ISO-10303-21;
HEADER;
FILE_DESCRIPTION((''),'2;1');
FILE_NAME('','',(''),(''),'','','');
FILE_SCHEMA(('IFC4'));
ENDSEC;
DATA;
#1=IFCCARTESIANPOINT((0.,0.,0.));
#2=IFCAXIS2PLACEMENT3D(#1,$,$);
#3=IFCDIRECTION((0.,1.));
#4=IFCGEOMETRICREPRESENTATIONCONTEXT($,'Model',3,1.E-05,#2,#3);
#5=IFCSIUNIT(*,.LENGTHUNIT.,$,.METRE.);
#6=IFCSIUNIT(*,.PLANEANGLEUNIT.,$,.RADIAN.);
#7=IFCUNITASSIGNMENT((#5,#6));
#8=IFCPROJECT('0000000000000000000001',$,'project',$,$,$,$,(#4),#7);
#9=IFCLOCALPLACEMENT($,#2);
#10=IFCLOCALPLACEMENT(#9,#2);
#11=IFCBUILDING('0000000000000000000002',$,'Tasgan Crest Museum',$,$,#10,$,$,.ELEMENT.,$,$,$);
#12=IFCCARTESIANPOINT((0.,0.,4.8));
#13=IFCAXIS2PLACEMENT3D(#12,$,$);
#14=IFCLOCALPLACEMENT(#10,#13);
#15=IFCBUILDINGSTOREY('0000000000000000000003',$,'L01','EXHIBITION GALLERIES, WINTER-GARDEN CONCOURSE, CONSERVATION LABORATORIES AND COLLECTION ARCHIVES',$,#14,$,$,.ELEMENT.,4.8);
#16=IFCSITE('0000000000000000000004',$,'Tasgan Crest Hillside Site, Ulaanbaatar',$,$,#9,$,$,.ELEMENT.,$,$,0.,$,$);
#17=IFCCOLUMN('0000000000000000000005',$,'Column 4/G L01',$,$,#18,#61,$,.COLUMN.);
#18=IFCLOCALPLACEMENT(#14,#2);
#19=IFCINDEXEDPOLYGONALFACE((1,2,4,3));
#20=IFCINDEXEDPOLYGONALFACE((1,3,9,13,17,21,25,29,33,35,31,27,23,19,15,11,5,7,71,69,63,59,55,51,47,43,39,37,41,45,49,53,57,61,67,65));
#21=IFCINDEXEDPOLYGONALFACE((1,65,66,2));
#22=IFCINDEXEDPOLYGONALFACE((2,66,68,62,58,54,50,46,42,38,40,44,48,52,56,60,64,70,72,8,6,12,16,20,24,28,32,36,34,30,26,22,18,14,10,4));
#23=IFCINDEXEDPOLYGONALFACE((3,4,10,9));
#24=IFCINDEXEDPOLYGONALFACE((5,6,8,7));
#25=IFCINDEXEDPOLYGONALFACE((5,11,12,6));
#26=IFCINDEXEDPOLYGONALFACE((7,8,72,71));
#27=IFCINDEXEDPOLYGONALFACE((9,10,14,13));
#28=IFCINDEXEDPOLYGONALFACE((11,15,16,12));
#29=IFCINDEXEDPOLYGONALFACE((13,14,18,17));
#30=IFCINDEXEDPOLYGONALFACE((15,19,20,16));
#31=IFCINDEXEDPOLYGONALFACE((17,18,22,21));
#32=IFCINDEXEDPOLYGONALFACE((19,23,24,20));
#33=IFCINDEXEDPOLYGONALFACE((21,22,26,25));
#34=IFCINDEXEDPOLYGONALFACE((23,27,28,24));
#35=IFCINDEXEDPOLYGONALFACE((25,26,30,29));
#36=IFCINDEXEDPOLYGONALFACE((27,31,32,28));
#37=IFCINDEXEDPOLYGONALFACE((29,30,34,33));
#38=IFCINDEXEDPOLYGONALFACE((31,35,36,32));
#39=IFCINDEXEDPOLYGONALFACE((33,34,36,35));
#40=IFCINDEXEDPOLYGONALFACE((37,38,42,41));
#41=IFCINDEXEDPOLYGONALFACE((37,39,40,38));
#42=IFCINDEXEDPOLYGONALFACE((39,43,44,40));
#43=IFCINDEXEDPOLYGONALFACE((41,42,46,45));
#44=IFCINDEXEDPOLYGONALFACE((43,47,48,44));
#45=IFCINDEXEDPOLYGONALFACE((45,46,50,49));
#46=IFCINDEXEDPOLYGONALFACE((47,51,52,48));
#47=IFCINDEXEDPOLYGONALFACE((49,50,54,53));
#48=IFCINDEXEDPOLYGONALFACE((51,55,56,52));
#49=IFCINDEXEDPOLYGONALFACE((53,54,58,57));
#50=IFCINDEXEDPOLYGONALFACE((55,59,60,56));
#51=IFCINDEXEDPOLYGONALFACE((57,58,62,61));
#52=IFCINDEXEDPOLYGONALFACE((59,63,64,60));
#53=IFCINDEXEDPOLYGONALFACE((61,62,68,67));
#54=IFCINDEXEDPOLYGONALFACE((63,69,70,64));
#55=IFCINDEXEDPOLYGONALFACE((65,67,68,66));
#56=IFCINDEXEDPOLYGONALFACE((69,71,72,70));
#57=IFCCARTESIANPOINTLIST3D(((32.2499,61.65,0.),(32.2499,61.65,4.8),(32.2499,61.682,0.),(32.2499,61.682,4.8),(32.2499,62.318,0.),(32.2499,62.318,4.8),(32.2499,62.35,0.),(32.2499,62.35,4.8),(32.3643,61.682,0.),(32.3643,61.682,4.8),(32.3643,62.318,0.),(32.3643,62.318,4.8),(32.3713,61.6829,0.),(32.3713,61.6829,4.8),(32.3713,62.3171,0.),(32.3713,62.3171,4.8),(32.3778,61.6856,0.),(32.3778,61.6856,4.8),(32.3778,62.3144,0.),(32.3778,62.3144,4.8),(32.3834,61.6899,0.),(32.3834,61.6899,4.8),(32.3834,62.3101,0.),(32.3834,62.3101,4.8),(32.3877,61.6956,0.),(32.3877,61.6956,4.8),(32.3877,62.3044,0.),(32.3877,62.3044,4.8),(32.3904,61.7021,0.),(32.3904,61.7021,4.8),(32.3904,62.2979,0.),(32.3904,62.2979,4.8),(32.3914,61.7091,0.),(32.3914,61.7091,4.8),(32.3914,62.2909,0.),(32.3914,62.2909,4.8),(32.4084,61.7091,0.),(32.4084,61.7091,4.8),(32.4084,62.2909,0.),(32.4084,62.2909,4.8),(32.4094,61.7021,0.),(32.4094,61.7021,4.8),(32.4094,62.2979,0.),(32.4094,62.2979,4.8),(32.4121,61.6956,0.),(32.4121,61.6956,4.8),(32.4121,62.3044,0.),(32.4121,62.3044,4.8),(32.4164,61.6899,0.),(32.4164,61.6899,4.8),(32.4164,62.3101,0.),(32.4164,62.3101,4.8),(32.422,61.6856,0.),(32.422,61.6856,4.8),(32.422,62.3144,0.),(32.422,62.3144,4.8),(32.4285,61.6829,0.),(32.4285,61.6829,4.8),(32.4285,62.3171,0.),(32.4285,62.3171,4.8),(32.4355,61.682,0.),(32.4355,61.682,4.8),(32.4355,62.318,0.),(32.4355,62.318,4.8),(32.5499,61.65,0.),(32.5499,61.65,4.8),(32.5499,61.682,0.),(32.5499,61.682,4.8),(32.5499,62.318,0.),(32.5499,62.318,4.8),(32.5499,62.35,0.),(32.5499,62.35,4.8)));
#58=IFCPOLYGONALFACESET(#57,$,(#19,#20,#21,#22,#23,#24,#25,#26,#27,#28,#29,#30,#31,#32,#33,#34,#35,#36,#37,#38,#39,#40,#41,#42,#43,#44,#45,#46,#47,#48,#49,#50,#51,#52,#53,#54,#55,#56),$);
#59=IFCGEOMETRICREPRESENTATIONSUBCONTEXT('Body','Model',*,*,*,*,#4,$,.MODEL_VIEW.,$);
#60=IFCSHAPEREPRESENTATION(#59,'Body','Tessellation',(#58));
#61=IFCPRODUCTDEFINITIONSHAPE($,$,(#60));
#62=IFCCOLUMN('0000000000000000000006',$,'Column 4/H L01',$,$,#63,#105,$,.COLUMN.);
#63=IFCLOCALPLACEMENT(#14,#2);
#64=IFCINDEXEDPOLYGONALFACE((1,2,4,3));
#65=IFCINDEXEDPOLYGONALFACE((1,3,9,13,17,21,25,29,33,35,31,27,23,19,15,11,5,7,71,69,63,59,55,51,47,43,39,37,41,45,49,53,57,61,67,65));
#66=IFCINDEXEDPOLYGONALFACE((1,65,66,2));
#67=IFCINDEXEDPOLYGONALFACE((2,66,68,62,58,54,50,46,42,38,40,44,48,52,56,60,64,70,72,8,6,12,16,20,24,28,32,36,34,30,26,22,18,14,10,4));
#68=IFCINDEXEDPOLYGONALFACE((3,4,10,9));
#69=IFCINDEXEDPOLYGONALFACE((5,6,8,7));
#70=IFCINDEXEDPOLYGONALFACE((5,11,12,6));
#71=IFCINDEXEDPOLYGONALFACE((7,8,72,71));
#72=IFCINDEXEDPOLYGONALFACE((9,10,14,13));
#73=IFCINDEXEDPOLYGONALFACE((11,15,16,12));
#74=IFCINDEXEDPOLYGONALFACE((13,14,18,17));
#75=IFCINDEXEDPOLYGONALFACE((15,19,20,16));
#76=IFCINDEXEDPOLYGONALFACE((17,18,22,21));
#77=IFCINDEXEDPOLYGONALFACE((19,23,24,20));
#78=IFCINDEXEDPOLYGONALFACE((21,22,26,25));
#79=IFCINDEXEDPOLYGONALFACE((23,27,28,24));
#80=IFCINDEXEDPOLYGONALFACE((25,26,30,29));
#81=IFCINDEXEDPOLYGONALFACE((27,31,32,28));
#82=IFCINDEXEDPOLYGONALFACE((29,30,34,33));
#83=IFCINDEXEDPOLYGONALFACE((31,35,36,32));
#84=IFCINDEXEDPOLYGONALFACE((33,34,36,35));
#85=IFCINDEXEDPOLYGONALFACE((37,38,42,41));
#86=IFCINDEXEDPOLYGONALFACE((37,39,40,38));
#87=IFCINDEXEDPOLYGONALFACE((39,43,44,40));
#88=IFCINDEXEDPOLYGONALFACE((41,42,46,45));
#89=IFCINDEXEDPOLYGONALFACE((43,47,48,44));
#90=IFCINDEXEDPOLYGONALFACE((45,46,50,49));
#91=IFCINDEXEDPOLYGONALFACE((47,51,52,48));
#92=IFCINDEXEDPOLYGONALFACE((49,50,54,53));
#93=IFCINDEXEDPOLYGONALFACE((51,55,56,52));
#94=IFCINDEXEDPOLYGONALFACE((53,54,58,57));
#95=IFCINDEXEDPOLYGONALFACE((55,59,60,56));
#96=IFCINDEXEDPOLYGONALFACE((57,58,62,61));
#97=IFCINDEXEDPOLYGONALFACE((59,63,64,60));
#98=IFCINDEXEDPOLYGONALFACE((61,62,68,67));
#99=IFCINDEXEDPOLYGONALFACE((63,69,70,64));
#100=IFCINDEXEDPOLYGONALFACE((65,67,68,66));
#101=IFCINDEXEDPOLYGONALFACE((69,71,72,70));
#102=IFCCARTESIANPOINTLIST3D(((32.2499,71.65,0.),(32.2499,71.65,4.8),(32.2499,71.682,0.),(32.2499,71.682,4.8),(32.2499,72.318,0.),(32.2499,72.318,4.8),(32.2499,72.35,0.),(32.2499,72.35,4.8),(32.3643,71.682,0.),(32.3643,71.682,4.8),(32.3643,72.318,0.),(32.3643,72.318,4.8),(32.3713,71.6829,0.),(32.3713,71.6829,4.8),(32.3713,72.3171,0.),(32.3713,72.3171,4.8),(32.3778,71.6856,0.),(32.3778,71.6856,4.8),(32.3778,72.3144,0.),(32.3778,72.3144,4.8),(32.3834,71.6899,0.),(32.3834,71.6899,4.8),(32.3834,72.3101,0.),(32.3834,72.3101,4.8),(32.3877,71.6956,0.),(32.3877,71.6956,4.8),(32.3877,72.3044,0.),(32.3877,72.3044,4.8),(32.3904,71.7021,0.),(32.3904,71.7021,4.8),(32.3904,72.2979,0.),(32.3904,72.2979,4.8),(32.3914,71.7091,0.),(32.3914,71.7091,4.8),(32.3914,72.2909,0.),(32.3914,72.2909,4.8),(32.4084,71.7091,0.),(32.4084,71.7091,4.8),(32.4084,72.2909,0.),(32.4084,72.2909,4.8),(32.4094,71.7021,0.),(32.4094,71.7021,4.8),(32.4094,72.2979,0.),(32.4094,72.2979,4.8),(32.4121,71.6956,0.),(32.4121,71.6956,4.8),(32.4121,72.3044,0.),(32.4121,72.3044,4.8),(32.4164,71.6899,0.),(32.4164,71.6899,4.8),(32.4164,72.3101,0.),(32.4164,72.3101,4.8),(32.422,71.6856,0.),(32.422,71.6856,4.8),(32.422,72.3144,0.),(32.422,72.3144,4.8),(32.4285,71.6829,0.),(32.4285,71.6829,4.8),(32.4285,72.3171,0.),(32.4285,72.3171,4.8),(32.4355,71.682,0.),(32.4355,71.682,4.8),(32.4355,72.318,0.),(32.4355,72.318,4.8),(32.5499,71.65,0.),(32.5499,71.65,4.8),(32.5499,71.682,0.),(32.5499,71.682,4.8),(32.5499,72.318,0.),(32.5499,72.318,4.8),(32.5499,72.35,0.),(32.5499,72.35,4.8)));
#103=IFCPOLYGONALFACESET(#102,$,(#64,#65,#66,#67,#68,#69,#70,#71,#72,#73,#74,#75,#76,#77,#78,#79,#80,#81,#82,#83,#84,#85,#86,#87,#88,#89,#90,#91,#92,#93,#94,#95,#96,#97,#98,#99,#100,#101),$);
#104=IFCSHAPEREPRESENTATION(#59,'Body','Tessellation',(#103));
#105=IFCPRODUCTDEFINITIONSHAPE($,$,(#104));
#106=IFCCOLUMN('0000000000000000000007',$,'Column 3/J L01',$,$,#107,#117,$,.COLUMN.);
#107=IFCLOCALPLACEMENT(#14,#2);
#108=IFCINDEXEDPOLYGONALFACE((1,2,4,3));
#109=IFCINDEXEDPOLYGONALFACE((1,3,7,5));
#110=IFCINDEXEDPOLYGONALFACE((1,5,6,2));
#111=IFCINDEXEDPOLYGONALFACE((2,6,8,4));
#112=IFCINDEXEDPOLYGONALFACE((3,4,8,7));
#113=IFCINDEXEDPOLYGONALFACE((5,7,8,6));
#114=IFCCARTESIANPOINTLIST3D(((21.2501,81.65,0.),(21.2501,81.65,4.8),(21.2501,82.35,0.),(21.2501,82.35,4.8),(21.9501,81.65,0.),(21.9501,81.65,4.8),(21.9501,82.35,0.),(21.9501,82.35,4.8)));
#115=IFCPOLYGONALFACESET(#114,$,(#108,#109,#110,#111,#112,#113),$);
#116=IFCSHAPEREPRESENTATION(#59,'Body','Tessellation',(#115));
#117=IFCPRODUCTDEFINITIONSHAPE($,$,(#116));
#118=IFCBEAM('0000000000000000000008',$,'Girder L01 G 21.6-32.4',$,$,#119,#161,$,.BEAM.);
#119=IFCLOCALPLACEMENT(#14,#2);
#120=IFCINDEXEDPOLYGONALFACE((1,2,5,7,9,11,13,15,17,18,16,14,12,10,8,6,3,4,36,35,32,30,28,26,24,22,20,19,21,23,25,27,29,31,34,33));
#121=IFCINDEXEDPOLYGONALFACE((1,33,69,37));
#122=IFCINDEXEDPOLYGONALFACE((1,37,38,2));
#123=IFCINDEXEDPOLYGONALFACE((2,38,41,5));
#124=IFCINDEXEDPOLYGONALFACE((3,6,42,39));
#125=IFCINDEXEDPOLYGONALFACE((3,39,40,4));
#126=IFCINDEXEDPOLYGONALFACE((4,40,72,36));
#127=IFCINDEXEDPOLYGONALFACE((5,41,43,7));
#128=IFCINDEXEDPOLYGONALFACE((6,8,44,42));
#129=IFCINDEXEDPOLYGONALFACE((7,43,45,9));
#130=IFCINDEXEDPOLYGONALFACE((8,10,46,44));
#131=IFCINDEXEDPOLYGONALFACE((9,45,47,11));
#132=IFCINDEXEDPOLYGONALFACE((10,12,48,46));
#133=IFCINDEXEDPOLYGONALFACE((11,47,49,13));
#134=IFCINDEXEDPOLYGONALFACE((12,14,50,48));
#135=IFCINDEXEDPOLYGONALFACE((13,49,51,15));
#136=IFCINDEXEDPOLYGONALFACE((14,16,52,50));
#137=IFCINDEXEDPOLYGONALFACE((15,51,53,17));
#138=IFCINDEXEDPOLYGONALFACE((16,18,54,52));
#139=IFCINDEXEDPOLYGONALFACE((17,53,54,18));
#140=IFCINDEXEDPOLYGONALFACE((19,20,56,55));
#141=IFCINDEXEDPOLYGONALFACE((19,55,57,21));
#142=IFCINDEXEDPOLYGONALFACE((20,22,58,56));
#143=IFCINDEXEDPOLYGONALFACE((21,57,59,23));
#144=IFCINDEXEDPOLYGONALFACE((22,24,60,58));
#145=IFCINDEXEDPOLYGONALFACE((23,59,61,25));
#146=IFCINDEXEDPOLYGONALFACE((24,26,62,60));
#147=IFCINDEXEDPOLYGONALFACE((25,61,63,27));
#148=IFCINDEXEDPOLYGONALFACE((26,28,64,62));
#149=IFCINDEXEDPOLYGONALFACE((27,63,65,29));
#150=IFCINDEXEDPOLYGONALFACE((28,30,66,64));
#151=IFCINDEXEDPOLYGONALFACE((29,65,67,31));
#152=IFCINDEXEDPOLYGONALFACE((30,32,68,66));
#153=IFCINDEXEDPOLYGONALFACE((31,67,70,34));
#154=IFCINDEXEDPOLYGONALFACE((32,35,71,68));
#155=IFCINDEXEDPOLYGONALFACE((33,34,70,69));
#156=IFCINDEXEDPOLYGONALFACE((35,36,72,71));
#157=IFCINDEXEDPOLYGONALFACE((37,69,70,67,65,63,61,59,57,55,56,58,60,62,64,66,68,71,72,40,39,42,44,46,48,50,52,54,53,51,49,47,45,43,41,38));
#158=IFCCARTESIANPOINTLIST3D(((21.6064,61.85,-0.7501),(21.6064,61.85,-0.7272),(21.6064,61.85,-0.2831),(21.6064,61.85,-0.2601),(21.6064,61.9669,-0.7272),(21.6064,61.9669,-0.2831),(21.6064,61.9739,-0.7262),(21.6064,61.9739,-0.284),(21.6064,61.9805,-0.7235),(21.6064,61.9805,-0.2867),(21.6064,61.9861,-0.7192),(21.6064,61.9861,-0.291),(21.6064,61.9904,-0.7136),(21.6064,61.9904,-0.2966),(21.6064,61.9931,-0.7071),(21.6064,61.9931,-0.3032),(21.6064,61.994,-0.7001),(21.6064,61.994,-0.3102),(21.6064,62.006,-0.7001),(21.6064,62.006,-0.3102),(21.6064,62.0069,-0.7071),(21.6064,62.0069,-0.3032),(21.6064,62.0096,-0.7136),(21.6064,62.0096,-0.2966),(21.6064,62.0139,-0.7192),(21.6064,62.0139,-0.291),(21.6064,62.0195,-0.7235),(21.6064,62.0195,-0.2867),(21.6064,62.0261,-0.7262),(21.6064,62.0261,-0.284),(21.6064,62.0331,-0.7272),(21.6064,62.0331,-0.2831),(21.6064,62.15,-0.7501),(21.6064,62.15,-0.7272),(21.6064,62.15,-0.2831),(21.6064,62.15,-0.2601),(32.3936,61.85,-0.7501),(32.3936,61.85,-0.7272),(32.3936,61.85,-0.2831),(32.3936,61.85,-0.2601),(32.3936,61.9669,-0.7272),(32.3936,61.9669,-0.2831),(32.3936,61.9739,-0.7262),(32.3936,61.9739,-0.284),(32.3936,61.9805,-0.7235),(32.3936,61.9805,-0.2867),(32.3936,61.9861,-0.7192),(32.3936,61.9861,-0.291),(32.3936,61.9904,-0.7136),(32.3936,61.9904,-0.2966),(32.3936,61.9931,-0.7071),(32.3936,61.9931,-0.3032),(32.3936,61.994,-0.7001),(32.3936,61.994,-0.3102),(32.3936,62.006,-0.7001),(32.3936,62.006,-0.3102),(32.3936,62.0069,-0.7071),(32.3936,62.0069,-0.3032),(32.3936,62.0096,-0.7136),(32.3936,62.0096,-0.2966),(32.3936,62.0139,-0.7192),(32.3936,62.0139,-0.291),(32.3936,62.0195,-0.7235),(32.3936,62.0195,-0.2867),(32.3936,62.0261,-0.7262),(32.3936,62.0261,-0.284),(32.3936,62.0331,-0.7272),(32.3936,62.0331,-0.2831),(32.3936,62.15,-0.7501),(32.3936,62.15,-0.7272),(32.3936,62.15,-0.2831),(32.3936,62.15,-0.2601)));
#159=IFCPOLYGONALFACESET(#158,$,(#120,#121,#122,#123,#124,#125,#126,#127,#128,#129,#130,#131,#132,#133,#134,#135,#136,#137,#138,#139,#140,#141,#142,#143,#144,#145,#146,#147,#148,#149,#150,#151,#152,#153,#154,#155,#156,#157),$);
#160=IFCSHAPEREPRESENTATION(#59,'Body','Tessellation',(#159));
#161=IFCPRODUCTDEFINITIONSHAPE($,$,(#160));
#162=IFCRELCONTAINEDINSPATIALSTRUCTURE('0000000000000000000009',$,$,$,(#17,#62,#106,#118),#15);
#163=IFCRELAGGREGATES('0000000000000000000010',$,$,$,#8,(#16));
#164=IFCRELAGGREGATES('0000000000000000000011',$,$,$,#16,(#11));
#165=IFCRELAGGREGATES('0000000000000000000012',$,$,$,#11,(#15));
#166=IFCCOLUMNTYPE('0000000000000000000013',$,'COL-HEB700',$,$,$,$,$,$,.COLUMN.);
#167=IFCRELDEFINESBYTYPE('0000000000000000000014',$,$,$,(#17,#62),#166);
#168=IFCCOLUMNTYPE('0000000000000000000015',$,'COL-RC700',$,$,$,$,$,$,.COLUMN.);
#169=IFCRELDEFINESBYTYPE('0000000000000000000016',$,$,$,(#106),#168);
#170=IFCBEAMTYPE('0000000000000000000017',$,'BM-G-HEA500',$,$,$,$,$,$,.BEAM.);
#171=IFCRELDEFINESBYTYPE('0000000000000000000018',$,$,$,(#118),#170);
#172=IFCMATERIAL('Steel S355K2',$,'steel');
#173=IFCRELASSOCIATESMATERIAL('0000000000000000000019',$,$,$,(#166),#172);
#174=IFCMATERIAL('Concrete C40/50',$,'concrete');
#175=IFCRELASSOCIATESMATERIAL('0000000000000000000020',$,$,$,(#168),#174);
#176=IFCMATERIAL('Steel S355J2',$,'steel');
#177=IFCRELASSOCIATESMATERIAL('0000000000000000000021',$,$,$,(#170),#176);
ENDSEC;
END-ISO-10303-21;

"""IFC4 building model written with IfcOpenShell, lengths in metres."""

from ifc_helpers import new_model, si_unit, direction, frame, origin, origin_2d, place, context, subcontext, project, spatial, rectangle, i_section, extrude, material, material_profile, profile_set, type_object, element, save


model = new_model("IFC4")

# Units and contexts
model_context = context("Model", 3, precision=1e-05, world=origin(), true_north=direction((0.0, 1.0)))
body_context = subcontext(model_context, "Body", "Model", "MODEL_VIEW")
ifc_project = project(units=[si_unit("LENGTHUNIT", "METRE"), si_unit("PLANEANGLEUNIT", "RADIAN")], contexts=[model_context])

# Site, building, storey
site_placement = place(None, origin())
site = spatial("IfcSite", under=ifc_project, at=site_placement, Name="Tasgan Crest Hillside Site, Ulaanbaatar", CompositionType="ELEMENT", RefElevation=0.0)
building_placement = place(site_placement, origin())
building = spatial("IfcBuilding", under=site, at=building_placement, Name="Tasgan Crest Museum", CompositionType="ELEMENT")
storey_placement = place(building_placement, frame((0.0, 0.0, 4.8)))
storey = spatial("IfcBuildingStorey", under=building, at=storey_placement, Name="L01", Description="EXHIBITION GALLERIES, WINTER-GARDEN CONCOURSE, CONSERVATION LABORATORIES AND COLLECTION ARCHIVES", CompositionType="ELEMENT", Elevation=4.8)

# Columns
ifc_material_1 = material(Name="Steel S355K2", Category="steel")
ifc_material_profile_1 = material_profile(ifc_material_1, i_section(OverallWidth=0.3, OverallDepth=0.7, WebThickness=0.0171, FlangeThickness=0.032, FilletRadius=0.0271, at=origin_2d()), Name="HEB 700")
ifc_profile_set_1 = profile_set([ifc_material_profile_1], Name="Steel S355K2")
column_type_1 = type_object("IfcColumnType", Name="COL-HEB700", PredefinedType="COLUMN", material=ifc_profile_set_1)
for number, where, z_axis, x_axis, name in (
    (1, (32.3999, 62.0, 0.0), (0.0, 0.0, 1.0), (1.0, 0.0, 0.0), "Column 4/G L01"),
    (2, (32.3999, 72.0, 0.0), (0.0, 0.0, 1.0), (1.0, 0.0, 0.0), "Column 4/H L01"),
):
    element("IfcColumn", number, at=place(storey_placement, frame(where, z_axis=z_axis, x_axis=x_axis)), inside=storey, type_object=column_type_1, Name=name, PredefinedType="COLUMN", context=body_context, shape_type="SweptSolid", body=[
        extrude(i_section(OverallWidth=0.3, OverallDepth=0.7, WebThickness=0.0171, FlangeThickness=0.032, FilletRadius=0.0271, at=origin_2d()), origin(), (0.0, 0.0, 1.0), 4.8),
    ])
ifc_material_2 = material(Name="Concrete C40/50", Category="concrete")
ifc_material_profile_2 = material_profile(ifc_material_2, rectangle(XDim=0.7, YDim=0.7, at=origin_2d()), Name="RC 700x700")
ifc_profile_set_2 = profile_set([ifc_material_profile_2], Name="Concrete C40/50")
column_type_2 = type_object("IfcColumnType", Name="COL-RC700", PredefinedType="COLUMN", material=ifc_profile_set_2)
column_placement = place(storey_placement, frame((21.6001, 82.0, 0.0), z_axis=(0.0, 0.0, 1.0), x_axis=(1.0, 0.0, 0.0)))
element("IfcColumn", 3, at=column_placement, inside=storey, type_object=column_type_2, Name="Column 3/J L01", PredefinedType="COLUMN", context=body_context, shape_type="SweptSolid", body=[
    extrude(rectangle(XDim=0.7, YDim=0.7, at=origin_2d()), origin(), (0.0, 0.0, 1.0), 4.8),
])

# Beam
ifc_material_3 = material(Name="Steel S355J2", Category="steel")
ifc_material_profile_3 = material_profile(ifc_material_3, i_section(OverallWidth=0.3, OverallDepth=0.49, WebThickness=0.012, FlangeThickness=0.0229, FilletRadius=0.0271, at=origin_2d()), Name="HEA 500")
ifc_profile_set_3 = profile_set([ifc_material_profile_3], Name="Steel S355J2")
beam_type_1 = type_object("IfcBeamType", Name="BM-G-HEA500", PredefinedType="BEAM", material=ifc_profile_set_3)
beam_1_placement = place(storey_placement, frame((21.6064, 62.0, -0.5051), z_axis=(1.0, 0.0, 0.0), x_axis=(0.0, 1.0, 0.0)))
element("IfcBeam", 4, at=beam_1_placement, inside=storey, type_object=beam_type_1, Name="Girder L01 G 21.6-32.4", PredefinedType="BEAM", context=body_context, shape_type="SweptSolid", body=[
    extrude(i_section(OverallWidth=0.3, OverallDepth=0.49, WebThickness=0.012, FlangeThickness=0.0229, FilletRadius=0.0271, at=origin_2d()), origin(), (0.0, 0.0, 1.0), 10.7871),
])

save(model, "model.ifc")
